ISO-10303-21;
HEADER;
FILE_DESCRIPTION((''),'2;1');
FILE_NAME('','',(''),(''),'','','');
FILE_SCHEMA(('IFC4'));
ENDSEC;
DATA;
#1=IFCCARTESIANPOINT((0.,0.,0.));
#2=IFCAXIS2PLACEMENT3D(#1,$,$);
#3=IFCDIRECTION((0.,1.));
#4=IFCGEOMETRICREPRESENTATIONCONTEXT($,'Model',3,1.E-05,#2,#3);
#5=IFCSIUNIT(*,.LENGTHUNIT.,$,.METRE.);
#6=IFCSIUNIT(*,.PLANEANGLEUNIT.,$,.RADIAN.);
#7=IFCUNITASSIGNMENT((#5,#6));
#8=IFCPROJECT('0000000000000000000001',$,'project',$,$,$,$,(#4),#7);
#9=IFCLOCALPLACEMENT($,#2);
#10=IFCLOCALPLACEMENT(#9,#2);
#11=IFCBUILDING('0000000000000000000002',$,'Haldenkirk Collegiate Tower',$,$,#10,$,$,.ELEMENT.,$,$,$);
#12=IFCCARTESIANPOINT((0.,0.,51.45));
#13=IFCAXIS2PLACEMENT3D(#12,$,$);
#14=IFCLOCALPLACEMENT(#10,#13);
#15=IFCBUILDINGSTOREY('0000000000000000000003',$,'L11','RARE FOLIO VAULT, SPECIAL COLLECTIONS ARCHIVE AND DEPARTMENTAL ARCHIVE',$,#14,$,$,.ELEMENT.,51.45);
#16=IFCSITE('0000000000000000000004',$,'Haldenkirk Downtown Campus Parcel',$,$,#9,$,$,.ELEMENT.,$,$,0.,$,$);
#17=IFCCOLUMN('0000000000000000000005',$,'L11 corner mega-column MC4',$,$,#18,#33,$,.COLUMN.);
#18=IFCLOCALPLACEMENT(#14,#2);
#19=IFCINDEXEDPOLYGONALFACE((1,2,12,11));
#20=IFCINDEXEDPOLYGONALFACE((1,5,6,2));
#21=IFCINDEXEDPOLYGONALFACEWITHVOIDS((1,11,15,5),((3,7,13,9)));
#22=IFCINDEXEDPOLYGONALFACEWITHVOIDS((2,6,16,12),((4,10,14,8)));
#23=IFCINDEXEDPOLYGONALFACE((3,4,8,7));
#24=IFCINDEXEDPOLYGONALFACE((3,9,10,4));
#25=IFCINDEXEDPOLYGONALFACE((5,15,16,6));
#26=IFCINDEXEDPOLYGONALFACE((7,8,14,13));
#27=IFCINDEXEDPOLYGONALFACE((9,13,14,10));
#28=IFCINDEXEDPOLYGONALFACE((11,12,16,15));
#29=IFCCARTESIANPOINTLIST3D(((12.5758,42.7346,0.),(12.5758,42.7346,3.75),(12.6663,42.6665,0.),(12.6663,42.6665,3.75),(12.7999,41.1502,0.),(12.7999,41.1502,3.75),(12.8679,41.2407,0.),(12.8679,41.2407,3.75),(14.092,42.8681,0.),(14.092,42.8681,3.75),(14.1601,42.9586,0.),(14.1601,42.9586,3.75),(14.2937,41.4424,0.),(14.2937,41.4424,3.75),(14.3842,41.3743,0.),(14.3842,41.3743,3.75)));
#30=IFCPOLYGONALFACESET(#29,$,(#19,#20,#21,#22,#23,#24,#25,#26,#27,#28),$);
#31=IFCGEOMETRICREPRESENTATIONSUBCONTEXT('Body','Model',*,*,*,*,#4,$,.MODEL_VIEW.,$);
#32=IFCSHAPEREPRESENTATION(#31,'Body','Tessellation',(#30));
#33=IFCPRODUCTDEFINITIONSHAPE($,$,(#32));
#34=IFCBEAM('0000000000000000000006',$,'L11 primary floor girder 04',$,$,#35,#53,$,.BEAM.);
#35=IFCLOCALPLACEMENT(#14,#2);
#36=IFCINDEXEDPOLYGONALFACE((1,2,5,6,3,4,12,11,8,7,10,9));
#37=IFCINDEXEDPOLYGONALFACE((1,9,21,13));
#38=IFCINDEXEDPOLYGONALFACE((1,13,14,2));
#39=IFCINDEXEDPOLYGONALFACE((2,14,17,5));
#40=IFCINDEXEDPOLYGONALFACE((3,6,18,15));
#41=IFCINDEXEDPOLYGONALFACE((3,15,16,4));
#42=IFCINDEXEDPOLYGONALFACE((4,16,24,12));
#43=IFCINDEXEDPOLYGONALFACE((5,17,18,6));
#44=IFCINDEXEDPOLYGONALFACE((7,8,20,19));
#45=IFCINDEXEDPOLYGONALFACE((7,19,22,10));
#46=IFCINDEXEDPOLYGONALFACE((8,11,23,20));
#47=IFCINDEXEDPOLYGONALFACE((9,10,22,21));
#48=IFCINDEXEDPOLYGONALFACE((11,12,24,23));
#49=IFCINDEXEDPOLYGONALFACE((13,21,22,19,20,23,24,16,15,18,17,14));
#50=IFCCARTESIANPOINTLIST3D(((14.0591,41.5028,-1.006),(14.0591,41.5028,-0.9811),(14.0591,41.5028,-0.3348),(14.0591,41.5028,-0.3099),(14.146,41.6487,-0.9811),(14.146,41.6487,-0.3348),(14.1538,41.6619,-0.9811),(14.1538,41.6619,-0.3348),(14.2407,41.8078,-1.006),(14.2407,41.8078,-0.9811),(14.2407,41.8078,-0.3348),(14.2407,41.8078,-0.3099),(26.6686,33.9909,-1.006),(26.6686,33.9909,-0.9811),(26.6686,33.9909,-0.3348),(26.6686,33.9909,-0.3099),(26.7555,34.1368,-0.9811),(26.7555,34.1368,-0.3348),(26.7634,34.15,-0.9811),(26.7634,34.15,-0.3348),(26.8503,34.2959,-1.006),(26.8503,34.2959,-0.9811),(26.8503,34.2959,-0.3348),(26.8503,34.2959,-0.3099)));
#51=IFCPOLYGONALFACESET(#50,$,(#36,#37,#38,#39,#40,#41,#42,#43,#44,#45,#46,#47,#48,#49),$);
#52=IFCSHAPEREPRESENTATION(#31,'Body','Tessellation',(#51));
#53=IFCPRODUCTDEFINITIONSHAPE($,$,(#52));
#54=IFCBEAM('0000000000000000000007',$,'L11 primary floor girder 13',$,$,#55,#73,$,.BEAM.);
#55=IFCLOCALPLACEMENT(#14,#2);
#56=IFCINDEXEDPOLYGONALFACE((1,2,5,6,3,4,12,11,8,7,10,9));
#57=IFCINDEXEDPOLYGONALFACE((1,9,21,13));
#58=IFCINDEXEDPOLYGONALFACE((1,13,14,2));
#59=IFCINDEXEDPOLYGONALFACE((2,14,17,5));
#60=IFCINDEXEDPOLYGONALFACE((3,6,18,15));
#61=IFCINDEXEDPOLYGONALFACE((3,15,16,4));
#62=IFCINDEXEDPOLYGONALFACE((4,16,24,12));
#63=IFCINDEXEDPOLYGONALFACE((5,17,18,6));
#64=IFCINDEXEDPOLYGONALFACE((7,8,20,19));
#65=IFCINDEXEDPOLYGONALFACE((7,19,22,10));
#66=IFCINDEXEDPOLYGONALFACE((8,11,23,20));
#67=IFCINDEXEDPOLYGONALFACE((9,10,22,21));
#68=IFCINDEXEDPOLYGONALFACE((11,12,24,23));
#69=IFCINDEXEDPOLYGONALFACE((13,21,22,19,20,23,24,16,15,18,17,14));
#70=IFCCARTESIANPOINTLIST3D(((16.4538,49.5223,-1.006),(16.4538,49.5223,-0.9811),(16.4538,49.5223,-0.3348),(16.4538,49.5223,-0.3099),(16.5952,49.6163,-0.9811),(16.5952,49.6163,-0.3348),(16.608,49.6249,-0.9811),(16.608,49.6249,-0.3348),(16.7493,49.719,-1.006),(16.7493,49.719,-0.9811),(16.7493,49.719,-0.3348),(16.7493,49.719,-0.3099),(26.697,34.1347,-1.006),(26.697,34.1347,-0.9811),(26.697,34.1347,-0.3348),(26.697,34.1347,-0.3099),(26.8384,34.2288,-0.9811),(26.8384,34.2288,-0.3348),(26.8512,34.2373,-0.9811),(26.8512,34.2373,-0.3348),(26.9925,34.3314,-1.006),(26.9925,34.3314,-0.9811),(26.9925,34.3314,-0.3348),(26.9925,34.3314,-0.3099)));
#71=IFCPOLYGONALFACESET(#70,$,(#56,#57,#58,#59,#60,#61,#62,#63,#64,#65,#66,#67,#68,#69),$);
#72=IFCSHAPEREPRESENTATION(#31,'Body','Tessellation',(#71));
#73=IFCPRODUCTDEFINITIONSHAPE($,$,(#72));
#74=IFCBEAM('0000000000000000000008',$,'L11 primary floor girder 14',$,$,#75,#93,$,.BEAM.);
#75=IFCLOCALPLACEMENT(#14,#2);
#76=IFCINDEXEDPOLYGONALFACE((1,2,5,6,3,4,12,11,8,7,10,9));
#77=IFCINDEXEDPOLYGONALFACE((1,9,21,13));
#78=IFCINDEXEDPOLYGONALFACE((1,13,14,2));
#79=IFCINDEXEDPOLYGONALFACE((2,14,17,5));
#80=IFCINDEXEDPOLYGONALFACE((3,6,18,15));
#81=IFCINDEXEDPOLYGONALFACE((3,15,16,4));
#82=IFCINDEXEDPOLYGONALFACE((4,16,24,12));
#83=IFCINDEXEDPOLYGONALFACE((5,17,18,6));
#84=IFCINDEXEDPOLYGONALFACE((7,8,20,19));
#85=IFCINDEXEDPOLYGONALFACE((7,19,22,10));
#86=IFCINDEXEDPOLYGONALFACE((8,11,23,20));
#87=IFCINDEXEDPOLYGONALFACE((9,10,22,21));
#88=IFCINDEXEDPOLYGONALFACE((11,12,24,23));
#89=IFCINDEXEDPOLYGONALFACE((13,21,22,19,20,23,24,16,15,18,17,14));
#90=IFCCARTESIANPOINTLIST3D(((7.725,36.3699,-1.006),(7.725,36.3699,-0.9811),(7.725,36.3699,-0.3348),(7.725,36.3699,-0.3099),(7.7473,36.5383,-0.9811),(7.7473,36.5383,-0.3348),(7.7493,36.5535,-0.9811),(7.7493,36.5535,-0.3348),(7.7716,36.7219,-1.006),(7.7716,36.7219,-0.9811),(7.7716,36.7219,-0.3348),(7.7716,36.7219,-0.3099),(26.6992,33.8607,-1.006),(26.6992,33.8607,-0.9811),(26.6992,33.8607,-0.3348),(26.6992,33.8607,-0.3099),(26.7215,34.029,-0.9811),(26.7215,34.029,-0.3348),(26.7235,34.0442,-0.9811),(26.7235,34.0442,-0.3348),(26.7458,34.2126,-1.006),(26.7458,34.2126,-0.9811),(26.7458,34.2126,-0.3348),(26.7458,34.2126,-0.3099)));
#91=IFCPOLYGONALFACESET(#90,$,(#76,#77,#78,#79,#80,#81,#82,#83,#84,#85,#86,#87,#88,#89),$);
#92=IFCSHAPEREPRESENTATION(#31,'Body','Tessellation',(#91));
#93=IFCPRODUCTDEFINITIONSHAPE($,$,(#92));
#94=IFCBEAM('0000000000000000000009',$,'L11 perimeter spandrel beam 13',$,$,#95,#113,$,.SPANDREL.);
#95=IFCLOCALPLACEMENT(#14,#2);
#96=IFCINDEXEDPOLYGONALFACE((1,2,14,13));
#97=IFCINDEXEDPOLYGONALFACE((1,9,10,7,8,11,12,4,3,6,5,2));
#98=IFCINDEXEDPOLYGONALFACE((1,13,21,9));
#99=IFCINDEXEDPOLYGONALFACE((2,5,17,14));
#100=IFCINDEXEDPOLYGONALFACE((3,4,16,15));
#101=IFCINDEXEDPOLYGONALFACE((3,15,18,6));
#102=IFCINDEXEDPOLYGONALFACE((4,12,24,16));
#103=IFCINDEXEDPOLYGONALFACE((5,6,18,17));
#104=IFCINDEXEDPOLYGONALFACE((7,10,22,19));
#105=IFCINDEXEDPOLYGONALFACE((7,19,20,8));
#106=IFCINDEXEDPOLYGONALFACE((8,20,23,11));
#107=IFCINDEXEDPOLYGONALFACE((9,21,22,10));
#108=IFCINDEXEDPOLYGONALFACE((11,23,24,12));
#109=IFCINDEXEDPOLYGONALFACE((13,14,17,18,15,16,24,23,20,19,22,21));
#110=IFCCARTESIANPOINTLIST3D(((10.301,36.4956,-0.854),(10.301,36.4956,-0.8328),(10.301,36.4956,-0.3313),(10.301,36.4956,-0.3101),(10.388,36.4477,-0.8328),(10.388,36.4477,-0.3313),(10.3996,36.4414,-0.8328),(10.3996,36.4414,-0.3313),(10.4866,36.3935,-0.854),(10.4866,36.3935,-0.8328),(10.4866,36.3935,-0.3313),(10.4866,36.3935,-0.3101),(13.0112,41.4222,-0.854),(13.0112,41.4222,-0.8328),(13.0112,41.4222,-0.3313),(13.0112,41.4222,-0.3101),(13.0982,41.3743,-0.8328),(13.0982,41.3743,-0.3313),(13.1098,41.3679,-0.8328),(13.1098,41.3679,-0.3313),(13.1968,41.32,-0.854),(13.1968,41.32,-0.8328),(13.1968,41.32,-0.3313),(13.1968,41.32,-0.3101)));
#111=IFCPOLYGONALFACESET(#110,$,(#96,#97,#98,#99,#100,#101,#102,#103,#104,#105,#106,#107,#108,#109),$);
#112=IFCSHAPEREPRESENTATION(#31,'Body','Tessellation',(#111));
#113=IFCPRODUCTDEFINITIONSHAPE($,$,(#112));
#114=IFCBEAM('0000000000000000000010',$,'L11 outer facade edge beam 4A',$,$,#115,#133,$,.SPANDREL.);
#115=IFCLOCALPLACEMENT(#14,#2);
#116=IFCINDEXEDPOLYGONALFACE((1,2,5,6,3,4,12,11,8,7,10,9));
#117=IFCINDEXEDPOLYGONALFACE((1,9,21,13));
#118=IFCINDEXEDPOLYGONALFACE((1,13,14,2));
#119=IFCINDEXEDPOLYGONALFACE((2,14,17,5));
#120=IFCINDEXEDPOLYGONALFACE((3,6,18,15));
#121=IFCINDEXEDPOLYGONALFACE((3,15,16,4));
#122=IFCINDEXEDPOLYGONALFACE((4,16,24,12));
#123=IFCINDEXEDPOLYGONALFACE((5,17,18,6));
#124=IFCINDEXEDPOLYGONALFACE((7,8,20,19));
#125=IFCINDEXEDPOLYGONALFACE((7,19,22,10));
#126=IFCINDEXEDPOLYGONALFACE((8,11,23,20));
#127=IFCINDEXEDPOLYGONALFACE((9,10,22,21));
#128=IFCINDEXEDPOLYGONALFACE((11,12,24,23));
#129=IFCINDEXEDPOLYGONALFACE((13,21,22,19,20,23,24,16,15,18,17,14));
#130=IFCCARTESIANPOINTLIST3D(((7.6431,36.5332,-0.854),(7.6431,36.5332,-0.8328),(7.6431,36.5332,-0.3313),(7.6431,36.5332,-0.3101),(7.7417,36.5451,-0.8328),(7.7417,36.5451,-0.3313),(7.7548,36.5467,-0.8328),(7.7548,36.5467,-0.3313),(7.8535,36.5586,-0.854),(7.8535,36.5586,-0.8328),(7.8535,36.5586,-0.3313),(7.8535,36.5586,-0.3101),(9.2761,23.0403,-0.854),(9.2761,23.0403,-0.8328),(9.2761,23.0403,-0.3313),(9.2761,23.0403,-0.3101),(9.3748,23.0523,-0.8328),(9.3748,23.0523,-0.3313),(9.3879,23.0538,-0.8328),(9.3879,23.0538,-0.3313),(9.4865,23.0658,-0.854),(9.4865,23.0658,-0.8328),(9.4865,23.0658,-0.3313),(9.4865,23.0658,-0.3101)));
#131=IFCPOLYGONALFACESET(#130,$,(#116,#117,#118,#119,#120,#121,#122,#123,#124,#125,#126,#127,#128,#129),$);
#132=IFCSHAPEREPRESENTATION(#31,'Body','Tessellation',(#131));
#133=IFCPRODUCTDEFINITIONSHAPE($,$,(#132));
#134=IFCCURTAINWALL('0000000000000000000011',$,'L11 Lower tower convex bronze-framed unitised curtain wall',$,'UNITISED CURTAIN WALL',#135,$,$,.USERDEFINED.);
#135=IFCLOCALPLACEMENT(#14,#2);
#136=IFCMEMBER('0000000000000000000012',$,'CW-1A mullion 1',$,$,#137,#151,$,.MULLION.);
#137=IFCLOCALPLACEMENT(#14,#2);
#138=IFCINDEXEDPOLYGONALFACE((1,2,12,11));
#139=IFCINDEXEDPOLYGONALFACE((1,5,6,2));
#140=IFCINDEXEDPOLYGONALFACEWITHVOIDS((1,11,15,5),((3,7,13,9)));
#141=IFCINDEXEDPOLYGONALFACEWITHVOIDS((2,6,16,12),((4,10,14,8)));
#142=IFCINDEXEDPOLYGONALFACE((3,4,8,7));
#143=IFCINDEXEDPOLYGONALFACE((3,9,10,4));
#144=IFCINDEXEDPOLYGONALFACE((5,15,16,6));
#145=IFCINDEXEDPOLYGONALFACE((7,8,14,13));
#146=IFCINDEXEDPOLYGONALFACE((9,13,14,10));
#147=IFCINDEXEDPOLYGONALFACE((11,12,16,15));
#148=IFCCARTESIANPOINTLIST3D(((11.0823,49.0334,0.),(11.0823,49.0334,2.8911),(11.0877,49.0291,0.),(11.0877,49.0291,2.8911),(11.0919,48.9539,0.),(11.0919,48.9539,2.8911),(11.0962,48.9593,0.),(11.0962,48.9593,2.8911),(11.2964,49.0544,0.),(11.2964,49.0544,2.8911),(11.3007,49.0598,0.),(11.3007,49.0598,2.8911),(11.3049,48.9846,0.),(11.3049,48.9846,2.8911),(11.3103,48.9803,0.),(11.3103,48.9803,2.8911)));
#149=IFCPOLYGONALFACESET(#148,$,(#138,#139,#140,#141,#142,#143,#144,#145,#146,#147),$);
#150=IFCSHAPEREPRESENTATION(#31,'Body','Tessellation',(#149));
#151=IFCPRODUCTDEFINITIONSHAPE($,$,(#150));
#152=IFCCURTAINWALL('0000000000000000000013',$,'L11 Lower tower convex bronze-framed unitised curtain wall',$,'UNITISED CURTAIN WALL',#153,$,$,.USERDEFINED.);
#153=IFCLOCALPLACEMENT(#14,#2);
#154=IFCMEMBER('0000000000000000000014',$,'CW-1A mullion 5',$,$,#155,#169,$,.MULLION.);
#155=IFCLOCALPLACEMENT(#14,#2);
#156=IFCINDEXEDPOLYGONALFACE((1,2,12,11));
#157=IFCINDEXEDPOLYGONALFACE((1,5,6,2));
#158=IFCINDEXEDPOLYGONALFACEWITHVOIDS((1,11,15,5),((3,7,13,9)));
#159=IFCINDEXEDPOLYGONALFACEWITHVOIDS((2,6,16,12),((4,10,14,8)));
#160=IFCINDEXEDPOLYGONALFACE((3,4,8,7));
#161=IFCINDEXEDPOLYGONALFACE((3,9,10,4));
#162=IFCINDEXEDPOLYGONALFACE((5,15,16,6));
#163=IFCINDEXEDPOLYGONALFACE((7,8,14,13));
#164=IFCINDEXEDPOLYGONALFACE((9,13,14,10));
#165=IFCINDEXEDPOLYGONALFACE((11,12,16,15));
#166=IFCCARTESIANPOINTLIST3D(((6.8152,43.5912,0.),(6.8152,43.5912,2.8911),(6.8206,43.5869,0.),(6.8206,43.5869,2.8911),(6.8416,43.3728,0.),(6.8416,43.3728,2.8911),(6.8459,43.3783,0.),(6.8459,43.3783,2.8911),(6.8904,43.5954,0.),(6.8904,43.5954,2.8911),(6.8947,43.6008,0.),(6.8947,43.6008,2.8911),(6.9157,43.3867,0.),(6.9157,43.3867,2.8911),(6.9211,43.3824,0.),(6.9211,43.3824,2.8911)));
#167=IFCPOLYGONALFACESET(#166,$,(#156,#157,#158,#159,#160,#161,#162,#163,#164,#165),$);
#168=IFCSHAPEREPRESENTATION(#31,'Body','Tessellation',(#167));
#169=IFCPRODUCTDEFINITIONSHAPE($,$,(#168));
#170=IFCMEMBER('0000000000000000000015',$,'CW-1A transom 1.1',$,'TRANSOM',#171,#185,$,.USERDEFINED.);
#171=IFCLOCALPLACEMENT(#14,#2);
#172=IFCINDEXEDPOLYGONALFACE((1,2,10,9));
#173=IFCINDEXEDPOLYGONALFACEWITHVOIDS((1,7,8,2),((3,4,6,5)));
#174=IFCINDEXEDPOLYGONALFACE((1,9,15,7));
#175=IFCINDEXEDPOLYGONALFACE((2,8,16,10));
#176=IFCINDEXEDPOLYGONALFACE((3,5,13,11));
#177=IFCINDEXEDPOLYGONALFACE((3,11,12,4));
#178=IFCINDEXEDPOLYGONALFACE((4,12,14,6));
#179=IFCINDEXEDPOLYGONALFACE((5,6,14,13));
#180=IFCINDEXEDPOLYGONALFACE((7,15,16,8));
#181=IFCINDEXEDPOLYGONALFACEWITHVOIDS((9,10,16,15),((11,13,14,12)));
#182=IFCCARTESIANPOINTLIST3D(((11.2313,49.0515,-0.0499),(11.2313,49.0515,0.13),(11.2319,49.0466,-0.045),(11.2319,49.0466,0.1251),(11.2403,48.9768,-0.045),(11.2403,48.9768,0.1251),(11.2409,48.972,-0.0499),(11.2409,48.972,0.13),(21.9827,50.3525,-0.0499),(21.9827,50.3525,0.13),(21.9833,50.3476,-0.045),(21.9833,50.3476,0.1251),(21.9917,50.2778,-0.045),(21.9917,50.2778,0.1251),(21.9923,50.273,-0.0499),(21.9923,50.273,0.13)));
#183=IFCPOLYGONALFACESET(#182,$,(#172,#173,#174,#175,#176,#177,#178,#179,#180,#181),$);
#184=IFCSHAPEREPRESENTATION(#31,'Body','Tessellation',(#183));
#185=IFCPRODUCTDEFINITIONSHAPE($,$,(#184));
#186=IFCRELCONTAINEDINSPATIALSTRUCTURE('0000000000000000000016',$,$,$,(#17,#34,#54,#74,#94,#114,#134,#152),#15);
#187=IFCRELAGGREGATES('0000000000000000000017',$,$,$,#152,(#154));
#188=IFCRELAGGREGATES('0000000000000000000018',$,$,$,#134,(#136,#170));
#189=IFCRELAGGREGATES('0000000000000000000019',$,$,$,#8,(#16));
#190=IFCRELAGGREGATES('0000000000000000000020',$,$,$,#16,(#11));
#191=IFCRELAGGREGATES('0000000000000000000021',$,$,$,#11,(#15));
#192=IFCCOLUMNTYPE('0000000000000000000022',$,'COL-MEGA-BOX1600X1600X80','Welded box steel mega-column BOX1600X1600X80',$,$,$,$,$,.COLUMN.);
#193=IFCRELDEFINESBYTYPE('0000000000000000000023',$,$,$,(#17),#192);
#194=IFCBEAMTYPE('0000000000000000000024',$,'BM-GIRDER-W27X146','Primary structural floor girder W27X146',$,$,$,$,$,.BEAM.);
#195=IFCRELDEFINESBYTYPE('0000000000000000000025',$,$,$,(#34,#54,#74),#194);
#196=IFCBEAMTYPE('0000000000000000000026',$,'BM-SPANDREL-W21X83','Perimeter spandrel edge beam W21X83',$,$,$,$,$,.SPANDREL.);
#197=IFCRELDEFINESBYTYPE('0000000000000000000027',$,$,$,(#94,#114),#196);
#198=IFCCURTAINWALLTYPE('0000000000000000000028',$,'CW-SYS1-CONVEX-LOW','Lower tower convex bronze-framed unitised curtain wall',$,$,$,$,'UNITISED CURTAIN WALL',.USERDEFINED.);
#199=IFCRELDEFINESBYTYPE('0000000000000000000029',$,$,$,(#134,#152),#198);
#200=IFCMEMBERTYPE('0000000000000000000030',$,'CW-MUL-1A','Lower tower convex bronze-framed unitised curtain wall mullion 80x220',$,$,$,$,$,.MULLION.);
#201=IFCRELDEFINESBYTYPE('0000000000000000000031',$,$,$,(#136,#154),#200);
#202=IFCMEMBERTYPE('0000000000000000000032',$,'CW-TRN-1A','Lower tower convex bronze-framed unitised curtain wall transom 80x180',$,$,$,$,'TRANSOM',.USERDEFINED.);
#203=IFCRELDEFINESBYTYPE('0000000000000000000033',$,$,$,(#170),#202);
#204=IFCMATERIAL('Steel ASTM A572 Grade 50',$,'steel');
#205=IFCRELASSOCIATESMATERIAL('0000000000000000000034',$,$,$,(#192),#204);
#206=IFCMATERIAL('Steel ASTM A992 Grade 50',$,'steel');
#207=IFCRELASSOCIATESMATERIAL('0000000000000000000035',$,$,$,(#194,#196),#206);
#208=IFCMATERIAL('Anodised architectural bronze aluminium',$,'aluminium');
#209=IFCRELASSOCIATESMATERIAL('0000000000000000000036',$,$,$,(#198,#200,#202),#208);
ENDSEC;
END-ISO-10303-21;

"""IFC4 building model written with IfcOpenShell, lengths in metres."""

from ifc_helpers import new_model, si_unit, direction, frame, origin, origin_2d, place, context, subcontext, project, spatial, hollow_rectangle, i_section, extrude, material, material_profile, profile_set, type_object, element, aggregate, save


model = new_model("IFC4")

# Units and contexts
model_context = context("Model", 3, precision=1e-05, world=origin(), true_north=direction((0.0, 1.0)))
body_context = subcontext(model_context, "Body", "Model", "MODEL_VIEW")
ifc_project = project(units=[si_unit("LENGTHUNIT", "METRE"), si_unit("PLANEANGLEUNIT", "RADIAN")], contexts=[model_context])

# Site, building, storey
site_placement = place(None, origin())
site = spatial("IfcSite", under=ifc_project, at=site_placement, Name="Haldenkirk Downtown Campus Parcel", CompositionType="ELEMENT", RefElevation=0.0)
building_placement = place(site_placement, origin())
building = spatial("IfcBuilding", under=site, at=building_placement, Name="Haldenkirk Collegiate Tower", CompositionType="ELEMENT")
storey_placement = place(building_placement, frame((0.0, 0.0, 51.45)))
storey = spatial("IfcBuildingStorey", under=building, at=storey_placement, Name="L11", Description="RARE FOLIO VAULT, SPECIAL COLLECTIONS ARCHIVE AND DEPARTMENTAL ARCHIVE", CompositionType="ELEMENT", Elevation=51.45)

# Column
ifc_material_1 = material(Name="Steel ASTM A572 Grade 50", Category="steel")
ifc_material_profile_1 = material_profile(ifc_material_1, hollow_rectangle(XDim=1.6001, YDim=1.6001, WallThickness=0.0801, at=origin_2d()), Name="BOX1600X1600X80")
ifc_profile_set_1 = profile_set([ifc_material_profile_1], Name="Steel ASTM A572 Grade 50")
column_type = type_object("IfcColumnType", Name="COL-MEGA-BOX1600X1600X80", Description="Welded box steel mega-column BOX1600X1600X80", PredefinedType="COLUMN", material=ifc_profile_set_1)
column_placement = place(storey_placement, frame((13.48, 42.0544, 0.0), z_axis=(0.0, 0.0, 1.0), x_axis=(0.990146, 0.140037, 0.0)))
element("IfcColumn", 1, at=column_placement, inside=storey, type_object=column_type, Name="L11 corner mega-column MC4", PredefinedType="COLUMN", context=body_context, shape_type="SweptSolid", body=[
    extrude(hollow_rectangle(XDim=1.6001, YDim=1.6001, WallThickness=0.0801, at=origin_2d()), origin(), (0.0, 0.0, 1.0), 3.75),
])

# Beams
ifc_material_2 = material(Name="Steel ASTM A992 Grade 50", Category="steel")
ifc_material_profile_2 = material_profile(ifc_material_2, i_section(OverallWidth=0.355, OverallDepth=0.696, WebThickness=0.0154, FlangeThickness=0.0249, at=origin_2d()), Name="W27X146")
ifc_profile_set_2 = profile_set([ifc_material_profile_2], Name="Steel ASTM A992 Grade 50")
beam_type_1 = type_object("IfcBeamType", Name="BM-GIRDER-W27X146", Description="Primary structural floor girder W27X146", PredefinedType="BEAM", material=ifc_profile_set_2)
beam_1_placement = place(storey_placement, frame((14.1499, 41.6553, -0.658), z_axis=(0.859106, -0.511798, 0.0), x_axis=(0.511798, 0.859106, 0.0)))
element("IfcBeam", 2, at=beam_1_placement, inside=storey, type_object=beam_type_1, Name="L11 primary floor girder 04", PredefinedType="BEAM", context=body_context, shape_type="SweptSolid", body=[
    extrude(i_section(OverallWidth=0.355, OverallDepth=0.696, WebThickness=0.0154, FlangeThickness=0.0249, at=origin_2d()), origin(), (0.0, 0.0, 1.0), 14.6775),
])
beam_2_placement = place(storey_placement, frame((16.6016, 49.6206, -0.658), z_axis=(0.554133, -0.832428, 0.0), x_axis=(0.832428, 0.554133, 0.0)))
element("IfcBeam", 3, at=beam_2_placement, inside=storey, type_object=beam_type_1, Name="L11 primary floor girder 13", PredefinedType="BEAM", context=body_context, shape_type="SweptSolid", body=[
    extrude(i_section(OverallWidth=0.355, OverallDepth=0.696, WebThickness=0.0154, FlangeThickness=0.0249, at=origin_2d()), origin(), (0.0, 0.0, 1.0), 18.4851),
])
beam_3_placement = place(storey_placement, frame((7.7483, 36.5459, -0.658), z_axis=(0.991368, -0.131106, 0.0), x_axis=(0.131106, 0.991368, 0.0)))
element("IfcBeam", 4, at=beam_3_placement, inside=storey, type_object=beam_type_1, Name="L11 primary floor girder 14", PredefinedType="BEAM", context=body_context, shape_type="SweptSolid", body=[
    extrude(i_section(OverallWidth=0.355, OverallDepth=0.696, WebThickness=0.0154, FlangeThickness=0.0249, at=origin_2d()), origin(), (0.0, 0.0, 1.0), 19.1394),
])
ifc_material_profile_3 = material_profile(ifc_material_2, i_section(OverallWidth=0.2119, OverallDepth=0.5439, WebThickness=0.0132, FlangeThickness=0.0212, at=origin_2d()), Name="W21X83")
ifc_profile_set_3 = profile_set([ifc_material_profile_3], Name="Steel ASTM A992 Grade 50")
beam_type_2 = type_object("IfcBeamType", Name="BM-SPANDREL-W21X83", Description="Perimeter spandrel edge beam W21X83", PredefinedType="SPANDREL", material=ifc_profile_set_3)
beam_4_placement = place(storey_placement, frame((13.104, 41.3711, -0.582), z_axis=(-0.482004, -0.876169, 0.0), x_axis=(0.876169, -0.482004, 0.0)))
element("IfcBeam", 5, at=beam_4_placement, inside=storey, type_object=beam_type_2, Name="L11 perimeter spandrel beam 13", PredefinedType="SPANDREL", context=body_context, shape_type="SweptSolid", body=[
    extrude(i_section(OverallWidth=0.2119, OverallDepth=0.5439, WebThickness=0.0132, FlangeThickness=0.0212, at=origin_2d()), origin(), (0.0, 0.0, 1.0), 5.6228),
])
beam_5_placement = place(storey_placement, frame((7.7483, 36.5459, -0.582), z_axis=(0.120154, -0.992755, 0.0), x_axis=(0.992755, 0.120154, 0.0)))
element("IfcBeam", 6, at=beam_5_placement, inside=storey, type_object=beam_type_2, Name="L11 outer facade edge beam 4A", PredefinedType="SPANDREL", context=body_context, shape_type="SweptSolid", body=[
    extrude(i_section(OverallWidth=0.2119, OverallDepth=0.5439, WebThickness=0.0132, FlangeThickness=0.0212, at=origin_2d()), origin(), (0.0, 0.0, 1.0), 13.5913),
])

# Curtain walls, members
ifc_material_3 = material(Name="Anodised architectural bronze aluminium", Category="aluminium")
curtain_wall_type = type_object("IfcCurtainWallType", Name="CW-SYS1-CONVEX-LOW", Description="Lower tower convex bronze-framed unitised curtain wall", ElementType="UNITISED CURTAIN WALL", PredefinedType="USERDEFINED", material=ifc_material_3)
curtain_wall_1_placement = place(storey_placement, origin())
curtain_wall_1 = element("IfcCurtainWall", 7, at=curtain_wall_1_placement, inside=storey, type_object=curtain_wall_type, Name="L11 Lower tower convex bronze-framed unitised curtain wall", ObjectType="UNITISED CURTAIN WALL", PredefinedType="USERDEFINED")
ifc_material_profile_4 = material_profile(ifc_material_3, hollow_rectangle(XDim=0.0801, YDim=0.22, WallThickness=0.0049, at=origin_2d()), Name="CW-MUL-1A")
ifc_profile_set_4 = profile_set([ifc_material_profile_4], Name="Anodised architectural bronze aluminium")
member_type_1 = type_object("IfcMemberType", Name="CW-MUL-1A", Description="Lower tower convex bronze-framed unitised curtain wall mullion 80x220", PredefinedType="MULLION", material=ifc_profile_set_4)
member_1_placement = place(storey_placement, frame((11.1963, 49.0068, 0.0), z_axis=(0.0, 0.0, 1.0), x_axis=(-0.120137, 0.992757, 0.0)))
member_1 = element("IfcMember", 8, at=member_1_placement, type_object=member_type_1, Name="CW-1A mullion 1", PredefinedType="MULLION", context=body_context, shape_type="SweptSolid", body=[
    extrude(hollow_rectangle(XDim=0.0801, YDim=0.22, WallThickness=0.0049, at=origin_2d()), origin(), (0.0, 0.0, 1.0), 2.8911),
])
curtain_wall_2_placement = place(storey_placement, origin())
curtain_wall_2 = element("IfcCurtainWall", 9, at=curtain_wall_2_placement, inside=storey, type_object=curtain_wall_type, Name="L11 Lower tower convex bronze-framed unitised curtain wall", ObjectType="UNITISED CURTAIN WALL", PredefinedType="USERDEFINED")
member_2_placement = place(storey_placement, frame((6.8682, 43.4868, 0.0), z_axis=(0.0, 0.0, 1.0), x_axis=(-0.992757, -0.120138, 0.0)))
member_2 = element("IfcMember", 10, at=member_2_placement, type_object=member_type_1, Name="CW-1A mullion 5", PredefinedType="MULLION", context=body_context, shape_type="SweptSolid", body=[
    extrude(hollow_rectangle(XDim=0.0801, YDim=0.22, WallThickness=0.0049, at=origin_2d()), origin(), (0.0, 0.0, 1.0), 2.8911),
])

# Member
ifc_material_profile_5 = material_profile(ifc_material_3, hollow_rectangle(XDim=0.0801, YDim=0.1799, WallThickness=0.0049, at=origin_2d()), Name="CW-TRN-1A")
ifc_profile_set_5 = profile_set([ifc_material_profile_5], Name="Anodised architectural bronze aluminium")
member_type_2 = type_object("IfcMemberType", Name="CW-TRN-1A", Description="Lower tower convex bronze-framed unitised curtain wall transom 80x180", ElementType="TRANSOM", PredefinedType="USERDEFINED", material=ifc_profile_set_5)
member_3_placement = place(storey_placement, frame((11.2361, 49.0117, 0.04), z_axis=(0.992758, 0.120133, 0.0), x_axis=(-0.120133, 0.992758, 0.0)))
member_3 = element("IfcMember", 11, at=member_3_placement, type_object=member_type_2, Name="CW-1A transom 1.1", ObjectType="TRANSOM", PredefinedType="USERDEFINED", context=body_context, shape_type="SweptSolid", body=[
    extrude(hollow_rectangle(XDim=0.0801, YDim=0.1799, WallThickness=0.0049, at=origin_2d()), origin(), (0.0, 0.0, 1.0), 10.8298),
])

aggregate(curtain_wall_2, [member_2])
aggregate(curtain_wall_1, [member_1, member_3])

save(model, "model.ifc")
